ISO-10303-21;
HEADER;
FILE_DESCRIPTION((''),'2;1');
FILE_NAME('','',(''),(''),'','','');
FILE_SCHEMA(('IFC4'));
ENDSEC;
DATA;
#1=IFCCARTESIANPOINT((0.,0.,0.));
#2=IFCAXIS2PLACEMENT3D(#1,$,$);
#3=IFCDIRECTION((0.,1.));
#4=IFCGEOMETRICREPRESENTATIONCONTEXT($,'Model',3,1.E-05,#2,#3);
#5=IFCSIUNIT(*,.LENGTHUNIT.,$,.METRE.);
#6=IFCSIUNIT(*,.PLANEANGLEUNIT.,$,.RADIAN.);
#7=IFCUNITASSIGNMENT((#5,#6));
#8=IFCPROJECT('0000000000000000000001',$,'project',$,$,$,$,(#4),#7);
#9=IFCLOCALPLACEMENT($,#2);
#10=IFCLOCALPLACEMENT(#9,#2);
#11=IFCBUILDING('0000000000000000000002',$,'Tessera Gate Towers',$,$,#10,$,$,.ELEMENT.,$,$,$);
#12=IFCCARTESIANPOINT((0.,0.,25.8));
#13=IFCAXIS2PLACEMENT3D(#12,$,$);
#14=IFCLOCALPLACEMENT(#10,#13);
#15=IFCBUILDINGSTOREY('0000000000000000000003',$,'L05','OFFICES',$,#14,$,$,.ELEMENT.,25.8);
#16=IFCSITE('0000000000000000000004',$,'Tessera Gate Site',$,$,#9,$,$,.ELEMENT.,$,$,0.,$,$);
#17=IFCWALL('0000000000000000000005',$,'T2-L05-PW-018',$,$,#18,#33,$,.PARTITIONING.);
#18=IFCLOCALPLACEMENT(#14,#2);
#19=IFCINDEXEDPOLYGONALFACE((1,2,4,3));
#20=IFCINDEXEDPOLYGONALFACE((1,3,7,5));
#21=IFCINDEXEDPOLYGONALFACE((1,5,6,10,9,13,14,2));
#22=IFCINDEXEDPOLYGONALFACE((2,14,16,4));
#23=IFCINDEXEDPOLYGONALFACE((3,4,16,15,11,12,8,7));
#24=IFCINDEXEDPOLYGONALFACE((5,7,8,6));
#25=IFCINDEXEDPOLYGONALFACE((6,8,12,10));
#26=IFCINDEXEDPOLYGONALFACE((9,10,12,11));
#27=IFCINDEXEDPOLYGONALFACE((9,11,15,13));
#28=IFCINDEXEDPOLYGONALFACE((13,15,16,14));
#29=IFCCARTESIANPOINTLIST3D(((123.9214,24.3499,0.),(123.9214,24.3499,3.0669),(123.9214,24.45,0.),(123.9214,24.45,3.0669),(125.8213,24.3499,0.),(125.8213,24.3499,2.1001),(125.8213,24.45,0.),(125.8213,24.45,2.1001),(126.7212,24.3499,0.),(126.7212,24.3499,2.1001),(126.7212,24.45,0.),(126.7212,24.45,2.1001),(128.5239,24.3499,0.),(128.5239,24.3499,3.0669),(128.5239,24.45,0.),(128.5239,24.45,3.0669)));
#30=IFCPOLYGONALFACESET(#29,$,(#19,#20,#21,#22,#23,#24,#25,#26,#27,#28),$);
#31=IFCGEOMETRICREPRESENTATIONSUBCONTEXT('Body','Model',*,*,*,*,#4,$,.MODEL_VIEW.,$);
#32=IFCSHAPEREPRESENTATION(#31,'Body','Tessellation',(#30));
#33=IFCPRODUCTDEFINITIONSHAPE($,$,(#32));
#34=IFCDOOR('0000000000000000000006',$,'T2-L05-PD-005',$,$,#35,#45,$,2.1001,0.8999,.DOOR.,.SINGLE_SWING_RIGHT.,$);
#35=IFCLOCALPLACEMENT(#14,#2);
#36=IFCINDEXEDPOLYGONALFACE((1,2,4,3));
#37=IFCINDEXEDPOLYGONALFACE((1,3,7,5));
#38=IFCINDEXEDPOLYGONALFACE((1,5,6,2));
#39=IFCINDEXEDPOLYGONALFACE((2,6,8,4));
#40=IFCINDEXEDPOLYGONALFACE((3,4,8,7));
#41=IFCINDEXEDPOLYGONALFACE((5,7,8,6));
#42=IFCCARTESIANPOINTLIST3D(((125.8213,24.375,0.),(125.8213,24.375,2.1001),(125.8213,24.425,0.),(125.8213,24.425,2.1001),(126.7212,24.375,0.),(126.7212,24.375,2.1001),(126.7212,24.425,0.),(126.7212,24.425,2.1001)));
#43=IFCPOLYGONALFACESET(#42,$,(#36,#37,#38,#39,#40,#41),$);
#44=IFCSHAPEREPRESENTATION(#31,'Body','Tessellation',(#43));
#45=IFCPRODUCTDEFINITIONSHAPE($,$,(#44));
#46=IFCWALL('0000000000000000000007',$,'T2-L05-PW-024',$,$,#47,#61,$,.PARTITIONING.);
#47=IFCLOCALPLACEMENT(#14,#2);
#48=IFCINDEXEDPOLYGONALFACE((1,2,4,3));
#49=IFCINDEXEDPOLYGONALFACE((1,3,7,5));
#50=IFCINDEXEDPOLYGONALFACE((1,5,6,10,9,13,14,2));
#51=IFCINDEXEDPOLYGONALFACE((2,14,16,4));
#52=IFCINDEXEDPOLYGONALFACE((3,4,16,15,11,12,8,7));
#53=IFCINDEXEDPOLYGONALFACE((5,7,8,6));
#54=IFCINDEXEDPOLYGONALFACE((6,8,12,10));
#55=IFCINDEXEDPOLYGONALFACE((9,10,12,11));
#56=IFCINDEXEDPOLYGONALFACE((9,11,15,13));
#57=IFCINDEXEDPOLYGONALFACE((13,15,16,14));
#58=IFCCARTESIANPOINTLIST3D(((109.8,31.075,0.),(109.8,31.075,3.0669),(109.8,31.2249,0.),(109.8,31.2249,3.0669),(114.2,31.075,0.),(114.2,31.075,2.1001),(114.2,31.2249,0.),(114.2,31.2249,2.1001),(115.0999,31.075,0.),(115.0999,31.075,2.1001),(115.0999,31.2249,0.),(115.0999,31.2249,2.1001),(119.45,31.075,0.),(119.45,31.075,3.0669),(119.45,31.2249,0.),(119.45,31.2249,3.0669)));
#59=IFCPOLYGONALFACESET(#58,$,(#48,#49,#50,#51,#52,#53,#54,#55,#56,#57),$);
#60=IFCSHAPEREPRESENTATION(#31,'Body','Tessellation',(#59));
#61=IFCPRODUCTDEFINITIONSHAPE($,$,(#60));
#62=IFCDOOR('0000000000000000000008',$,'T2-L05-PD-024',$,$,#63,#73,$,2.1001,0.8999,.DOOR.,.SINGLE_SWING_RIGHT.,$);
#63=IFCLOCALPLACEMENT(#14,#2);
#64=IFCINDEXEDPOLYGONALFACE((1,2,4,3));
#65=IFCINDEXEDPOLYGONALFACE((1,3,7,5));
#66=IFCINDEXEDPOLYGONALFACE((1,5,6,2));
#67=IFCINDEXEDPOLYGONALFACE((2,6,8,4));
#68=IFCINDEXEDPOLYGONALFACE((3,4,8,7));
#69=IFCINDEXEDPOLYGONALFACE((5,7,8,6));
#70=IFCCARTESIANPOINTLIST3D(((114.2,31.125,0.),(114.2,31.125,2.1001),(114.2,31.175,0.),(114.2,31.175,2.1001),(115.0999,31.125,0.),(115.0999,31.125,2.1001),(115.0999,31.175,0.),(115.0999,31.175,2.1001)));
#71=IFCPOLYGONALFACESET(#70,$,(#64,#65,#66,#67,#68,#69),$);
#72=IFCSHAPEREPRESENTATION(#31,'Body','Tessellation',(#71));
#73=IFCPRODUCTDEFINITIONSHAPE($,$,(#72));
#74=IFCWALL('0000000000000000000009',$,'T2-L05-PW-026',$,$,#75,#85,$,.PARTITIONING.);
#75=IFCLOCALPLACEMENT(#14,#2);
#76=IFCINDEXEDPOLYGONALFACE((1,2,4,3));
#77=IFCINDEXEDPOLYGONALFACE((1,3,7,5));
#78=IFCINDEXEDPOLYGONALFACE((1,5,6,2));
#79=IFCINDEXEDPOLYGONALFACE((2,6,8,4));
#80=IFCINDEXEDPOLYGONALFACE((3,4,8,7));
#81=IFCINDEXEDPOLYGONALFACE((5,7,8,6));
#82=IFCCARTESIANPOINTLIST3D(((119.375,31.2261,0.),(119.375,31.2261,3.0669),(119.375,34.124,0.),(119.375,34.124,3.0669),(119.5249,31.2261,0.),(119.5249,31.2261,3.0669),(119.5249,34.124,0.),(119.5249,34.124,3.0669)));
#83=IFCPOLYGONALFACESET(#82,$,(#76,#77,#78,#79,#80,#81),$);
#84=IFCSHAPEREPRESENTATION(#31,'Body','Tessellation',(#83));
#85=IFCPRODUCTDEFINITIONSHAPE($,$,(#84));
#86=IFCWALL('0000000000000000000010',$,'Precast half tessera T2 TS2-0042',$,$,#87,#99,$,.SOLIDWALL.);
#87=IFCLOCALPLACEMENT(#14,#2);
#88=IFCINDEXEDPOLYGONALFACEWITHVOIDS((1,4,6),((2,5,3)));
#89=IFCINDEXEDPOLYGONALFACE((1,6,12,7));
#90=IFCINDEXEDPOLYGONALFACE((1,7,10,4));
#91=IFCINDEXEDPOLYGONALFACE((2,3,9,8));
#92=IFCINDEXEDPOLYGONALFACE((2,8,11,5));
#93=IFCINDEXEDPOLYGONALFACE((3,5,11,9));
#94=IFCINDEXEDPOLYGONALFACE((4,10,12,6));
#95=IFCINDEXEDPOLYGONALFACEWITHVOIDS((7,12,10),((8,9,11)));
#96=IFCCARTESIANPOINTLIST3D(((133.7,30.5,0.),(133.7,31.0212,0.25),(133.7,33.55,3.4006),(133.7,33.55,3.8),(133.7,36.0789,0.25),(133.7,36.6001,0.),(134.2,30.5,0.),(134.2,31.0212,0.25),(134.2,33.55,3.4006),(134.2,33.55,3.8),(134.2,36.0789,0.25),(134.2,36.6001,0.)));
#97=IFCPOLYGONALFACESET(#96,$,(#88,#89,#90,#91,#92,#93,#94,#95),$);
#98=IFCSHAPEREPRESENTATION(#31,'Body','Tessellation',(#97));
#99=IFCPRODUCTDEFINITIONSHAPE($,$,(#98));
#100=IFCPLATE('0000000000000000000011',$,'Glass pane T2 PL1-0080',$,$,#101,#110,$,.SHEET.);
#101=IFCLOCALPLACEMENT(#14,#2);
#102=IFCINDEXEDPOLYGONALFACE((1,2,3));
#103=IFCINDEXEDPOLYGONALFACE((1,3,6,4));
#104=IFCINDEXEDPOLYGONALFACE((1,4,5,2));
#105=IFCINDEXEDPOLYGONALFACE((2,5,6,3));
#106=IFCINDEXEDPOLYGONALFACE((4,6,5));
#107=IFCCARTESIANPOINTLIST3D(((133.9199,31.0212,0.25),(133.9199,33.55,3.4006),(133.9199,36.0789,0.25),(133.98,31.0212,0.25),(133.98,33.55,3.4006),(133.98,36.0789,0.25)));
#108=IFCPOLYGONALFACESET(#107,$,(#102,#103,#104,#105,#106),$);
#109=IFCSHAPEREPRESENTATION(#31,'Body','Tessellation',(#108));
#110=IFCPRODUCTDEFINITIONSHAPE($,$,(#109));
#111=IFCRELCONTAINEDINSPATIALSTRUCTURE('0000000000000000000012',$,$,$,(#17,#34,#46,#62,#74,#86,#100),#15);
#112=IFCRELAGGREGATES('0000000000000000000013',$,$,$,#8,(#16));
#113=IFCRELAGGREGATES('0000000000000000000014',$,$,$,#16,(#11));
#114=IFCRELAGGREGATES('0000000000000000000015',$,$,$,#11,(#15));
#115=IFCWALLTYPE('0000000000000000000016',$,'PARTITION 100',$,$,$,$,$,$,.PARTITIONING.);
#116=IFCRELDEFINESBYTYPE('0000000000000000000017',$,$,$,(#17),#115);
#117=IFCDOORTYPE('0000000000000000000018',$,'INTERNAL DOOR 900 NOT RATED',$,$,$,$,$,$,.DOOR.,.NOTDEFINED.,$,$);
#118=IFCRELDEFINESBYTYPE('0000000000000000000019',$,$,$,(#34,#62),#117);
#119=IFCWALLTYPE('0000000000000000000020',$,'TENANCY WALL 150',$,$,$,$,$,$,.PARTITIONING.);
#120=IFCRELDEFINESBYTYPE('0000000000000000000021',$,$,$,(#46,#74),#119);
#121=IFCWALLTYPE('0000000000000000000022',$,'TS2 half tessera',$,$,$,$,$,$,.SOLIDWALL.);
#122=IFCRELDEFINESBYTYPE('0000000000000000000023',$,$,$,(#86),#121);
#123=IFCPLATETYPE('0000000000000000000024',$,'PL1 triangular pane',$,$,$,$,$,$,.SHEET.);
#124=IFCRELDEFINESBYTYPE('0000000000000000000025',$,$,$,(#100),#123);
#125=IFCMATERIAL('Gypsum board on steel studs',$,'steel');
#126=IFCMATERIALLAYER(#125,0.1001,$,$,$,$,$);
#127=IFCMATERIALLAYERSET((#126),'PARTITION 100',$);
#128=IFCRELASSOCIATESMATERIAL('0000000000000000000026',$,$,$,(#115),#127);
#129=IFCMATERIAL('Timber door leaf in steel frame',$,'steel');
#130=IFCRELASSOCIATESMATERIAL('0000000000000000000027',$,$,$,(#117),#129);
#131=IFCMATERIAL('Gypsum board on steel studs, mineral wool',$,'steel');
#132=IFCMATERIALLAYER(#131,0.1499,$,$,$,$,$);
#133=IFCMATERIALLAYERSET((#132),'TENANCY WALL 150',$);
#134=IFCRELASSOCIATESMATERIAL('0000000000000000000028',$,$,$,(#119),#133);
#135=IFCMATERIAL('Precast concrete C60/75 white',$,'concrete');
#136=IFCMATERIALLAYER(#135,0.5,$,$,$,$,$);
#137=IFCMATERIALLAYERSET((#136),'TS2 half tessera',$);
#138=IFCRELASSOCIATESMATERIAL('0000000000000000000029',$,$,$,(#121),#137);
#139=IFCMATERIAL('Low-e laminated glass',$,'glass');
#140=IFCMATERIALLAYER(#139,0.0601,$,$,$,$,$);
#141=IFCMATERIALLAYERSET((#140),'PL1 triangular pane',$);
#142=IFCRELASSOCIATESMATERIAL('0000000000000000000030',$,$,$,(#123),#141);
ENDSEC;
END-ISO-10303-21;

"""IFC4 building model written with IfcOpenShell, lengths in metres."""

from ifc_helpers import new_model, si_unit, direction, frame, frame_2d, origin, place, context, subcontext, project, spatial, polyline, rectangle, outline, extrude, source, transform, mapped, material, layer, layer_set, type_object, element, fill, save


model = new_model("IFC4")

# Units and contexts
model_context = context("Model", 3, precision=1e-05, world=origin(), true_north=direction((0.0, 1.0)))
body_context = subcontext(model_context, "Body", "Model", "MODEL_VIEW")
ifc_project = project(units=[si_unit("LENGTHUNIT", "METRE"), si_unit("PLANEANGLEUNIT", "RADIAN")], contexts=[model_context])

# Site, building, storey
site_placement = place(None, origin())
site = spatial("IfcSite", under=ifc_project, at=site_placement, Name="Tessera Gate Site", CompositionType="ELEMENT", RefElevation=0.0)
building_placement = place(site_placement, origin())
building = spatial("IfcBuilding", under=site, at=building_placement, Name="Tessera Gate Towers", CompositionType="ELEMENT")
storey_placement = place(building_placement, frame((0.0, 0.0, 25.8)))
storey = spatial("IfcBuildingStorey", under=building, at=storey_placement, Name="L05", Description="OFFICES", CompositionType="ELEMENT", Elevation=25.8)

# Shared definitions
shared_shape_1 = source(origin(), body_context, "Body", "SweptSolid", [
    extrude(rectangle(XDim=0.8999, YDim=2.1001, at=frame_2d((0.45, 1.05))), frame((0.0, 0.085, 0.0), z_axis=(0.0, -1.0, 0.0), x_axis=(1.0, 0.0, 0.0)), (0.0, 0.0, 1.0), 0.1699),
])
shared_shape_2 = source(origin(), body_context, "Body", "SweptSolid", [
    extrude(rectangle(XDim=0.8999, YDim=2.1001, at=frame_2d((0.45, 1.05))), frame((0.0, 0.0249, 0.0), z_axis=(0.0, -1.0, 0.0), x_axis=(1.0, 0.0, 0.0)), (0.0, 0.0, 1.0), 0.05),
])

# Shared definitions
ifc_material_1 = material(Name="Gypsum board on steel studs", Category="steel")
ifc_layer_1 = layer(ifc_material_1, 0.1001)
ifc_layer_set_1 = layer_set([ifc_layer_1], Name="PARTITION 100")
wall_type_1 = type_object("IfcWallType", Name="PARTITION 100", PredefinedType="PARTITIONING", material=ifc_layer_set_1)

# Walls, openings, doors
wall_1_placement = place(storey_placement, frame((128.5239, 24.3999, 0.0), z_axis=(0.0, 0.0, 1.0), x_axis=(-1.0, 0.0, 0.0)))
wall_1 = element("IfcWall", 1, at=wall_1_placement, inside=storey, type_object=wall_type_1, Name="T2-L05-PW-018", PredefinedType="PARTITIONING", context=body_context, shape_type="SweptSolid", body=[
    extrude(rectangle(XDim=4.6025, YDim=0.1001, at=frame_2d((2.3013, 0.0))), origin(), (0.0, 0.0, 1.0), 3.0669),
])
shared_shape_3 = source(origin(), body_context, "Body", "SweptSolid", [
    extrude(rectangle(XDim=0.8999, YDim=2.1001, at=frame_2d((0.45, 1.05))), frame((0.0, 0.0601, 0.0), z_axis=(0.0, -1.0, 0.0), x_axis=(1.0, 0.0, 0.0)), (0.0, 0.0, 1.0), 0.1201),
])
opening_1_placement = place(wall_1_placement, frame((1.8027, 0.0, 0.0)))
opening_1 = element("IfcOpeningElement", 2, at=opening_1_placement, cuts=wall_1, PredefinedType="OPENING", context=body_context, shape_type="MappedRepresentation", body=[
    mapped(shared_shape_3, transform((0.0, 0.0, 0.0), scale=1.0)),
])
ifc_material_2 = material(Name="Timber door leaf in steel frame", Category="steel")
door_type_1 = type_object("IfcDoorType", Name="INTERNAL DOOR 900 NOT RATED", OperationType="NOTDEFINED", PredefinedType="DOOR", material=ifc_material_2)
door_1_placement = place(opening_1_placement, origin())
door_1 = element("IfcDoor", 3, at=door_1_placement, inside=storey, type_object=door_type_1, Name="T2-L05-PD-005", OperationType="SINGLE_SWING_RIGHT", OverallHeight=2.1001, OverallWidth=0.8999, PredefinedType="DOOR", context=body_context, shape_type="MappedRepresentation", body=[
    mapped(shared_shape_2, transform((0.0, 0.0, 0.0), scale=1.0)),
])
fill(opening_1, door_1)
ifc_material_3 = material(Name="Gypsum board on steel studs, mineral wool", Category="steel")
ifc_layer_2 = layer(ifc_material_3, 0.1499)
ifc_layer_set_2 = layer_set([ifc_layer_2], Name="TENANCY WALL 150")
wall_type_2 = type_object("IfcWallType", Name="TENANCY WALL 150", PredefinedType="PARTITIONING", material=ifc_layer_set_2)
wall_2_placement = place(storey_placement, frame((119.45, 31.1499, 0.0), z_axis=(0.0, 0.0, 1.0), x_axis=(-1.0, 0.0, 0.0)))
wall_2 = element("IfcWall", 4, at=wall_2_placement, inside=storey, type_object=wall_type_2, Name="T2-L05-PW-024", PredefinedType="PARTITIONING", context=body_context, shape_type="SweptSolid", body=[
    extrude(rectangle(XDim=9.6499, YDim=0.1499, at=frame_2d((4.825, 0.0))), origin(), (0.0, 0.0, 1.0), 3.0669),
])
opening_2_placement = place(wall_2_placement, frame((4.3501, 0.0, 0.0)))
opening_2 = element("IfcOpeningElement", 5, at=opening_2_placement, cuts=wall_2, PredefinedType="OPENING", context=body_context, shape_type="MappedRepresentation", body=[
    mapped(shared_shape_1, transform((0.0, 0.0, 0.0), scale=1.0)),
])
door_2_placement = place(opening_2_placement, origin())
door_2 = element("IfcDoor", 6, at=door_2_placement, inside=storey, type_object=door_type_1, Name="T2-L05-PD-024", OperationType="SINGLE_SWING_RIGHT", OverallHeight=2.1001, OverallWidth=0.8999, PredefinedType="DOOR", context=body_context, shape_type="MappedRepresentation", body=[
    mapped(shared_shape_2, transform((0.0, 0.0, 0.0), scale=1.0)),
])
fill(opening_2, door_2)

# Wall
wall_3_placement = place(storey_placement, frame((119.45, 31.2261, 0.0), z_axis=(0.0, 0.0, 1.0), x_axis=(0.0, 1.0, 0.0)))
element("IfcWall", 7, at=wall_3_placement, inside=storey, type_object=wall_type_2, Name="T2-L05-PW-026", PredefinedType="PARTITIONING", context=body_context, shape_type="SweptSolid", body=[
    extrude(rectangle(XDim=2.8979, YDim=0.1499, at=frame_2d((1.449, 0.0))), origin(), (0.0, 0.0, 1.0), 3.0669),
])

# Wall, opening, plate
ifc_material_4 = material(Name="Precast concrete C60/75 white", Category="concrete")
ifc_layer_3 = layer(ifc_material_4, 0.5)
ifc_layer_set_3 = layer_set([ifc_layer_3], Name="TS2 half tessera")
wall_type_3 = type_object("IfcWallType", Name="TS2 half tessera", PredefinedType="SOLIDWALL", material=ifc_layer_set_3)
shared_shape_4 = source(origin(), body_context, "Body", "SweptSolid", [
    extrude(outline(polyline([(6.1001, 0.0), (3.05, 3.8), (0.0, 0.0), (6.1001, 0.0)])), frame((0.0, 0.25, 0.0), z_axis=(0.0, -1.0, 0.0), x_axis=(1.0, 0.0, 0.0)), (0.0, 0.0, 1.0), 0.5),
])
wall_4_placement = place(storey_placement, frame((133.95, 30.5, 0.0), z_axis=(0.0, 0.0, 1.0), x_axis=(0.0, 1.0, 0.0)))
wall_4 = element("IfcWall", 8, at=wall_4_placement, inside=storey, type_object=wall_type_3, Name="Precast half tessera T2 TS2-0042", PredefinedType="SOLIDWALL", context=body_context, shape_type="MappedRepresentation", body=[
    mapped(shared_shape_4, transform((0.0, 0.0, 0.0), scale=1.0)),
])
shared_shape_5 = source(origin(), body_context, "Body", "SweptSolid", [
    extrude(outline(polyline([(5.5789, 0.25), (3.05, 3.4006), (0.5212, 0.25), (5.5789, 0.25)])), frame((0.0, 0.26, 0.0), z_axis=(0.0, -1.0, 0.0), x_axis=(1.0, 0.0, 0.0)), (0.0, 0.0, 1.0), 0.52),
])
opening_3_placement = place(wall_4_placement, origin())
opening_3 = element("IfcOpeningElement", 9, at=opening_3_placement, cuts=wall_4, PredefinedType="OPENING", context=body_context, shape_type="MappedRepresentation", body=[
    mapped(shared_shape_5, transform((0.0, 0.0, 0.0), scale=1.0)),
])
ifc_material_5 = material(Name="Low-e laminated glass", Category="glass")
ifc_layer_4 = layer(ifc_material_5, 0.0601)
ifc_layer_set_4 = layer_set([ifc_layer_4], Name="PL1 triangular pane")
plate_type = type_object("IfcPlateType", Name="PL1 triangular pane", PredefinedType="SHEET", material=ifc_layer_set_4)
shared_shape_6 = source(origin(), body_context, "Body", "SweptSolid", [
    extrude(outline(polyline([(5.5789, 0.25), (3.05, 3.4006), (0.5212, 0.25), (5.5789, 0.25)])), frame((0.0, 0.03, 0.0), z_axis=(0.0, -1.0, 0.0), x_axis=(1.0, 0.0, 0.0)), (0.0, 0.0, 1.0), 0.0601),
])
plate_placement = place(opening_3_placement, origin())
plate = element("IfcPlate", 10, at=plate_placement, inside=storey, type_object=plate_type, Name="Glass pane T2 PL1-0080", PredefinedType="SHEET", context=body_context, shape_type="MappedRepresentation", body=[
    mapped(shared_shape_6, transform((0.0, 0.0, 0.0), scale=1.0)),
])
fill(opening_3, plate)

save(model, "model.ifc")
